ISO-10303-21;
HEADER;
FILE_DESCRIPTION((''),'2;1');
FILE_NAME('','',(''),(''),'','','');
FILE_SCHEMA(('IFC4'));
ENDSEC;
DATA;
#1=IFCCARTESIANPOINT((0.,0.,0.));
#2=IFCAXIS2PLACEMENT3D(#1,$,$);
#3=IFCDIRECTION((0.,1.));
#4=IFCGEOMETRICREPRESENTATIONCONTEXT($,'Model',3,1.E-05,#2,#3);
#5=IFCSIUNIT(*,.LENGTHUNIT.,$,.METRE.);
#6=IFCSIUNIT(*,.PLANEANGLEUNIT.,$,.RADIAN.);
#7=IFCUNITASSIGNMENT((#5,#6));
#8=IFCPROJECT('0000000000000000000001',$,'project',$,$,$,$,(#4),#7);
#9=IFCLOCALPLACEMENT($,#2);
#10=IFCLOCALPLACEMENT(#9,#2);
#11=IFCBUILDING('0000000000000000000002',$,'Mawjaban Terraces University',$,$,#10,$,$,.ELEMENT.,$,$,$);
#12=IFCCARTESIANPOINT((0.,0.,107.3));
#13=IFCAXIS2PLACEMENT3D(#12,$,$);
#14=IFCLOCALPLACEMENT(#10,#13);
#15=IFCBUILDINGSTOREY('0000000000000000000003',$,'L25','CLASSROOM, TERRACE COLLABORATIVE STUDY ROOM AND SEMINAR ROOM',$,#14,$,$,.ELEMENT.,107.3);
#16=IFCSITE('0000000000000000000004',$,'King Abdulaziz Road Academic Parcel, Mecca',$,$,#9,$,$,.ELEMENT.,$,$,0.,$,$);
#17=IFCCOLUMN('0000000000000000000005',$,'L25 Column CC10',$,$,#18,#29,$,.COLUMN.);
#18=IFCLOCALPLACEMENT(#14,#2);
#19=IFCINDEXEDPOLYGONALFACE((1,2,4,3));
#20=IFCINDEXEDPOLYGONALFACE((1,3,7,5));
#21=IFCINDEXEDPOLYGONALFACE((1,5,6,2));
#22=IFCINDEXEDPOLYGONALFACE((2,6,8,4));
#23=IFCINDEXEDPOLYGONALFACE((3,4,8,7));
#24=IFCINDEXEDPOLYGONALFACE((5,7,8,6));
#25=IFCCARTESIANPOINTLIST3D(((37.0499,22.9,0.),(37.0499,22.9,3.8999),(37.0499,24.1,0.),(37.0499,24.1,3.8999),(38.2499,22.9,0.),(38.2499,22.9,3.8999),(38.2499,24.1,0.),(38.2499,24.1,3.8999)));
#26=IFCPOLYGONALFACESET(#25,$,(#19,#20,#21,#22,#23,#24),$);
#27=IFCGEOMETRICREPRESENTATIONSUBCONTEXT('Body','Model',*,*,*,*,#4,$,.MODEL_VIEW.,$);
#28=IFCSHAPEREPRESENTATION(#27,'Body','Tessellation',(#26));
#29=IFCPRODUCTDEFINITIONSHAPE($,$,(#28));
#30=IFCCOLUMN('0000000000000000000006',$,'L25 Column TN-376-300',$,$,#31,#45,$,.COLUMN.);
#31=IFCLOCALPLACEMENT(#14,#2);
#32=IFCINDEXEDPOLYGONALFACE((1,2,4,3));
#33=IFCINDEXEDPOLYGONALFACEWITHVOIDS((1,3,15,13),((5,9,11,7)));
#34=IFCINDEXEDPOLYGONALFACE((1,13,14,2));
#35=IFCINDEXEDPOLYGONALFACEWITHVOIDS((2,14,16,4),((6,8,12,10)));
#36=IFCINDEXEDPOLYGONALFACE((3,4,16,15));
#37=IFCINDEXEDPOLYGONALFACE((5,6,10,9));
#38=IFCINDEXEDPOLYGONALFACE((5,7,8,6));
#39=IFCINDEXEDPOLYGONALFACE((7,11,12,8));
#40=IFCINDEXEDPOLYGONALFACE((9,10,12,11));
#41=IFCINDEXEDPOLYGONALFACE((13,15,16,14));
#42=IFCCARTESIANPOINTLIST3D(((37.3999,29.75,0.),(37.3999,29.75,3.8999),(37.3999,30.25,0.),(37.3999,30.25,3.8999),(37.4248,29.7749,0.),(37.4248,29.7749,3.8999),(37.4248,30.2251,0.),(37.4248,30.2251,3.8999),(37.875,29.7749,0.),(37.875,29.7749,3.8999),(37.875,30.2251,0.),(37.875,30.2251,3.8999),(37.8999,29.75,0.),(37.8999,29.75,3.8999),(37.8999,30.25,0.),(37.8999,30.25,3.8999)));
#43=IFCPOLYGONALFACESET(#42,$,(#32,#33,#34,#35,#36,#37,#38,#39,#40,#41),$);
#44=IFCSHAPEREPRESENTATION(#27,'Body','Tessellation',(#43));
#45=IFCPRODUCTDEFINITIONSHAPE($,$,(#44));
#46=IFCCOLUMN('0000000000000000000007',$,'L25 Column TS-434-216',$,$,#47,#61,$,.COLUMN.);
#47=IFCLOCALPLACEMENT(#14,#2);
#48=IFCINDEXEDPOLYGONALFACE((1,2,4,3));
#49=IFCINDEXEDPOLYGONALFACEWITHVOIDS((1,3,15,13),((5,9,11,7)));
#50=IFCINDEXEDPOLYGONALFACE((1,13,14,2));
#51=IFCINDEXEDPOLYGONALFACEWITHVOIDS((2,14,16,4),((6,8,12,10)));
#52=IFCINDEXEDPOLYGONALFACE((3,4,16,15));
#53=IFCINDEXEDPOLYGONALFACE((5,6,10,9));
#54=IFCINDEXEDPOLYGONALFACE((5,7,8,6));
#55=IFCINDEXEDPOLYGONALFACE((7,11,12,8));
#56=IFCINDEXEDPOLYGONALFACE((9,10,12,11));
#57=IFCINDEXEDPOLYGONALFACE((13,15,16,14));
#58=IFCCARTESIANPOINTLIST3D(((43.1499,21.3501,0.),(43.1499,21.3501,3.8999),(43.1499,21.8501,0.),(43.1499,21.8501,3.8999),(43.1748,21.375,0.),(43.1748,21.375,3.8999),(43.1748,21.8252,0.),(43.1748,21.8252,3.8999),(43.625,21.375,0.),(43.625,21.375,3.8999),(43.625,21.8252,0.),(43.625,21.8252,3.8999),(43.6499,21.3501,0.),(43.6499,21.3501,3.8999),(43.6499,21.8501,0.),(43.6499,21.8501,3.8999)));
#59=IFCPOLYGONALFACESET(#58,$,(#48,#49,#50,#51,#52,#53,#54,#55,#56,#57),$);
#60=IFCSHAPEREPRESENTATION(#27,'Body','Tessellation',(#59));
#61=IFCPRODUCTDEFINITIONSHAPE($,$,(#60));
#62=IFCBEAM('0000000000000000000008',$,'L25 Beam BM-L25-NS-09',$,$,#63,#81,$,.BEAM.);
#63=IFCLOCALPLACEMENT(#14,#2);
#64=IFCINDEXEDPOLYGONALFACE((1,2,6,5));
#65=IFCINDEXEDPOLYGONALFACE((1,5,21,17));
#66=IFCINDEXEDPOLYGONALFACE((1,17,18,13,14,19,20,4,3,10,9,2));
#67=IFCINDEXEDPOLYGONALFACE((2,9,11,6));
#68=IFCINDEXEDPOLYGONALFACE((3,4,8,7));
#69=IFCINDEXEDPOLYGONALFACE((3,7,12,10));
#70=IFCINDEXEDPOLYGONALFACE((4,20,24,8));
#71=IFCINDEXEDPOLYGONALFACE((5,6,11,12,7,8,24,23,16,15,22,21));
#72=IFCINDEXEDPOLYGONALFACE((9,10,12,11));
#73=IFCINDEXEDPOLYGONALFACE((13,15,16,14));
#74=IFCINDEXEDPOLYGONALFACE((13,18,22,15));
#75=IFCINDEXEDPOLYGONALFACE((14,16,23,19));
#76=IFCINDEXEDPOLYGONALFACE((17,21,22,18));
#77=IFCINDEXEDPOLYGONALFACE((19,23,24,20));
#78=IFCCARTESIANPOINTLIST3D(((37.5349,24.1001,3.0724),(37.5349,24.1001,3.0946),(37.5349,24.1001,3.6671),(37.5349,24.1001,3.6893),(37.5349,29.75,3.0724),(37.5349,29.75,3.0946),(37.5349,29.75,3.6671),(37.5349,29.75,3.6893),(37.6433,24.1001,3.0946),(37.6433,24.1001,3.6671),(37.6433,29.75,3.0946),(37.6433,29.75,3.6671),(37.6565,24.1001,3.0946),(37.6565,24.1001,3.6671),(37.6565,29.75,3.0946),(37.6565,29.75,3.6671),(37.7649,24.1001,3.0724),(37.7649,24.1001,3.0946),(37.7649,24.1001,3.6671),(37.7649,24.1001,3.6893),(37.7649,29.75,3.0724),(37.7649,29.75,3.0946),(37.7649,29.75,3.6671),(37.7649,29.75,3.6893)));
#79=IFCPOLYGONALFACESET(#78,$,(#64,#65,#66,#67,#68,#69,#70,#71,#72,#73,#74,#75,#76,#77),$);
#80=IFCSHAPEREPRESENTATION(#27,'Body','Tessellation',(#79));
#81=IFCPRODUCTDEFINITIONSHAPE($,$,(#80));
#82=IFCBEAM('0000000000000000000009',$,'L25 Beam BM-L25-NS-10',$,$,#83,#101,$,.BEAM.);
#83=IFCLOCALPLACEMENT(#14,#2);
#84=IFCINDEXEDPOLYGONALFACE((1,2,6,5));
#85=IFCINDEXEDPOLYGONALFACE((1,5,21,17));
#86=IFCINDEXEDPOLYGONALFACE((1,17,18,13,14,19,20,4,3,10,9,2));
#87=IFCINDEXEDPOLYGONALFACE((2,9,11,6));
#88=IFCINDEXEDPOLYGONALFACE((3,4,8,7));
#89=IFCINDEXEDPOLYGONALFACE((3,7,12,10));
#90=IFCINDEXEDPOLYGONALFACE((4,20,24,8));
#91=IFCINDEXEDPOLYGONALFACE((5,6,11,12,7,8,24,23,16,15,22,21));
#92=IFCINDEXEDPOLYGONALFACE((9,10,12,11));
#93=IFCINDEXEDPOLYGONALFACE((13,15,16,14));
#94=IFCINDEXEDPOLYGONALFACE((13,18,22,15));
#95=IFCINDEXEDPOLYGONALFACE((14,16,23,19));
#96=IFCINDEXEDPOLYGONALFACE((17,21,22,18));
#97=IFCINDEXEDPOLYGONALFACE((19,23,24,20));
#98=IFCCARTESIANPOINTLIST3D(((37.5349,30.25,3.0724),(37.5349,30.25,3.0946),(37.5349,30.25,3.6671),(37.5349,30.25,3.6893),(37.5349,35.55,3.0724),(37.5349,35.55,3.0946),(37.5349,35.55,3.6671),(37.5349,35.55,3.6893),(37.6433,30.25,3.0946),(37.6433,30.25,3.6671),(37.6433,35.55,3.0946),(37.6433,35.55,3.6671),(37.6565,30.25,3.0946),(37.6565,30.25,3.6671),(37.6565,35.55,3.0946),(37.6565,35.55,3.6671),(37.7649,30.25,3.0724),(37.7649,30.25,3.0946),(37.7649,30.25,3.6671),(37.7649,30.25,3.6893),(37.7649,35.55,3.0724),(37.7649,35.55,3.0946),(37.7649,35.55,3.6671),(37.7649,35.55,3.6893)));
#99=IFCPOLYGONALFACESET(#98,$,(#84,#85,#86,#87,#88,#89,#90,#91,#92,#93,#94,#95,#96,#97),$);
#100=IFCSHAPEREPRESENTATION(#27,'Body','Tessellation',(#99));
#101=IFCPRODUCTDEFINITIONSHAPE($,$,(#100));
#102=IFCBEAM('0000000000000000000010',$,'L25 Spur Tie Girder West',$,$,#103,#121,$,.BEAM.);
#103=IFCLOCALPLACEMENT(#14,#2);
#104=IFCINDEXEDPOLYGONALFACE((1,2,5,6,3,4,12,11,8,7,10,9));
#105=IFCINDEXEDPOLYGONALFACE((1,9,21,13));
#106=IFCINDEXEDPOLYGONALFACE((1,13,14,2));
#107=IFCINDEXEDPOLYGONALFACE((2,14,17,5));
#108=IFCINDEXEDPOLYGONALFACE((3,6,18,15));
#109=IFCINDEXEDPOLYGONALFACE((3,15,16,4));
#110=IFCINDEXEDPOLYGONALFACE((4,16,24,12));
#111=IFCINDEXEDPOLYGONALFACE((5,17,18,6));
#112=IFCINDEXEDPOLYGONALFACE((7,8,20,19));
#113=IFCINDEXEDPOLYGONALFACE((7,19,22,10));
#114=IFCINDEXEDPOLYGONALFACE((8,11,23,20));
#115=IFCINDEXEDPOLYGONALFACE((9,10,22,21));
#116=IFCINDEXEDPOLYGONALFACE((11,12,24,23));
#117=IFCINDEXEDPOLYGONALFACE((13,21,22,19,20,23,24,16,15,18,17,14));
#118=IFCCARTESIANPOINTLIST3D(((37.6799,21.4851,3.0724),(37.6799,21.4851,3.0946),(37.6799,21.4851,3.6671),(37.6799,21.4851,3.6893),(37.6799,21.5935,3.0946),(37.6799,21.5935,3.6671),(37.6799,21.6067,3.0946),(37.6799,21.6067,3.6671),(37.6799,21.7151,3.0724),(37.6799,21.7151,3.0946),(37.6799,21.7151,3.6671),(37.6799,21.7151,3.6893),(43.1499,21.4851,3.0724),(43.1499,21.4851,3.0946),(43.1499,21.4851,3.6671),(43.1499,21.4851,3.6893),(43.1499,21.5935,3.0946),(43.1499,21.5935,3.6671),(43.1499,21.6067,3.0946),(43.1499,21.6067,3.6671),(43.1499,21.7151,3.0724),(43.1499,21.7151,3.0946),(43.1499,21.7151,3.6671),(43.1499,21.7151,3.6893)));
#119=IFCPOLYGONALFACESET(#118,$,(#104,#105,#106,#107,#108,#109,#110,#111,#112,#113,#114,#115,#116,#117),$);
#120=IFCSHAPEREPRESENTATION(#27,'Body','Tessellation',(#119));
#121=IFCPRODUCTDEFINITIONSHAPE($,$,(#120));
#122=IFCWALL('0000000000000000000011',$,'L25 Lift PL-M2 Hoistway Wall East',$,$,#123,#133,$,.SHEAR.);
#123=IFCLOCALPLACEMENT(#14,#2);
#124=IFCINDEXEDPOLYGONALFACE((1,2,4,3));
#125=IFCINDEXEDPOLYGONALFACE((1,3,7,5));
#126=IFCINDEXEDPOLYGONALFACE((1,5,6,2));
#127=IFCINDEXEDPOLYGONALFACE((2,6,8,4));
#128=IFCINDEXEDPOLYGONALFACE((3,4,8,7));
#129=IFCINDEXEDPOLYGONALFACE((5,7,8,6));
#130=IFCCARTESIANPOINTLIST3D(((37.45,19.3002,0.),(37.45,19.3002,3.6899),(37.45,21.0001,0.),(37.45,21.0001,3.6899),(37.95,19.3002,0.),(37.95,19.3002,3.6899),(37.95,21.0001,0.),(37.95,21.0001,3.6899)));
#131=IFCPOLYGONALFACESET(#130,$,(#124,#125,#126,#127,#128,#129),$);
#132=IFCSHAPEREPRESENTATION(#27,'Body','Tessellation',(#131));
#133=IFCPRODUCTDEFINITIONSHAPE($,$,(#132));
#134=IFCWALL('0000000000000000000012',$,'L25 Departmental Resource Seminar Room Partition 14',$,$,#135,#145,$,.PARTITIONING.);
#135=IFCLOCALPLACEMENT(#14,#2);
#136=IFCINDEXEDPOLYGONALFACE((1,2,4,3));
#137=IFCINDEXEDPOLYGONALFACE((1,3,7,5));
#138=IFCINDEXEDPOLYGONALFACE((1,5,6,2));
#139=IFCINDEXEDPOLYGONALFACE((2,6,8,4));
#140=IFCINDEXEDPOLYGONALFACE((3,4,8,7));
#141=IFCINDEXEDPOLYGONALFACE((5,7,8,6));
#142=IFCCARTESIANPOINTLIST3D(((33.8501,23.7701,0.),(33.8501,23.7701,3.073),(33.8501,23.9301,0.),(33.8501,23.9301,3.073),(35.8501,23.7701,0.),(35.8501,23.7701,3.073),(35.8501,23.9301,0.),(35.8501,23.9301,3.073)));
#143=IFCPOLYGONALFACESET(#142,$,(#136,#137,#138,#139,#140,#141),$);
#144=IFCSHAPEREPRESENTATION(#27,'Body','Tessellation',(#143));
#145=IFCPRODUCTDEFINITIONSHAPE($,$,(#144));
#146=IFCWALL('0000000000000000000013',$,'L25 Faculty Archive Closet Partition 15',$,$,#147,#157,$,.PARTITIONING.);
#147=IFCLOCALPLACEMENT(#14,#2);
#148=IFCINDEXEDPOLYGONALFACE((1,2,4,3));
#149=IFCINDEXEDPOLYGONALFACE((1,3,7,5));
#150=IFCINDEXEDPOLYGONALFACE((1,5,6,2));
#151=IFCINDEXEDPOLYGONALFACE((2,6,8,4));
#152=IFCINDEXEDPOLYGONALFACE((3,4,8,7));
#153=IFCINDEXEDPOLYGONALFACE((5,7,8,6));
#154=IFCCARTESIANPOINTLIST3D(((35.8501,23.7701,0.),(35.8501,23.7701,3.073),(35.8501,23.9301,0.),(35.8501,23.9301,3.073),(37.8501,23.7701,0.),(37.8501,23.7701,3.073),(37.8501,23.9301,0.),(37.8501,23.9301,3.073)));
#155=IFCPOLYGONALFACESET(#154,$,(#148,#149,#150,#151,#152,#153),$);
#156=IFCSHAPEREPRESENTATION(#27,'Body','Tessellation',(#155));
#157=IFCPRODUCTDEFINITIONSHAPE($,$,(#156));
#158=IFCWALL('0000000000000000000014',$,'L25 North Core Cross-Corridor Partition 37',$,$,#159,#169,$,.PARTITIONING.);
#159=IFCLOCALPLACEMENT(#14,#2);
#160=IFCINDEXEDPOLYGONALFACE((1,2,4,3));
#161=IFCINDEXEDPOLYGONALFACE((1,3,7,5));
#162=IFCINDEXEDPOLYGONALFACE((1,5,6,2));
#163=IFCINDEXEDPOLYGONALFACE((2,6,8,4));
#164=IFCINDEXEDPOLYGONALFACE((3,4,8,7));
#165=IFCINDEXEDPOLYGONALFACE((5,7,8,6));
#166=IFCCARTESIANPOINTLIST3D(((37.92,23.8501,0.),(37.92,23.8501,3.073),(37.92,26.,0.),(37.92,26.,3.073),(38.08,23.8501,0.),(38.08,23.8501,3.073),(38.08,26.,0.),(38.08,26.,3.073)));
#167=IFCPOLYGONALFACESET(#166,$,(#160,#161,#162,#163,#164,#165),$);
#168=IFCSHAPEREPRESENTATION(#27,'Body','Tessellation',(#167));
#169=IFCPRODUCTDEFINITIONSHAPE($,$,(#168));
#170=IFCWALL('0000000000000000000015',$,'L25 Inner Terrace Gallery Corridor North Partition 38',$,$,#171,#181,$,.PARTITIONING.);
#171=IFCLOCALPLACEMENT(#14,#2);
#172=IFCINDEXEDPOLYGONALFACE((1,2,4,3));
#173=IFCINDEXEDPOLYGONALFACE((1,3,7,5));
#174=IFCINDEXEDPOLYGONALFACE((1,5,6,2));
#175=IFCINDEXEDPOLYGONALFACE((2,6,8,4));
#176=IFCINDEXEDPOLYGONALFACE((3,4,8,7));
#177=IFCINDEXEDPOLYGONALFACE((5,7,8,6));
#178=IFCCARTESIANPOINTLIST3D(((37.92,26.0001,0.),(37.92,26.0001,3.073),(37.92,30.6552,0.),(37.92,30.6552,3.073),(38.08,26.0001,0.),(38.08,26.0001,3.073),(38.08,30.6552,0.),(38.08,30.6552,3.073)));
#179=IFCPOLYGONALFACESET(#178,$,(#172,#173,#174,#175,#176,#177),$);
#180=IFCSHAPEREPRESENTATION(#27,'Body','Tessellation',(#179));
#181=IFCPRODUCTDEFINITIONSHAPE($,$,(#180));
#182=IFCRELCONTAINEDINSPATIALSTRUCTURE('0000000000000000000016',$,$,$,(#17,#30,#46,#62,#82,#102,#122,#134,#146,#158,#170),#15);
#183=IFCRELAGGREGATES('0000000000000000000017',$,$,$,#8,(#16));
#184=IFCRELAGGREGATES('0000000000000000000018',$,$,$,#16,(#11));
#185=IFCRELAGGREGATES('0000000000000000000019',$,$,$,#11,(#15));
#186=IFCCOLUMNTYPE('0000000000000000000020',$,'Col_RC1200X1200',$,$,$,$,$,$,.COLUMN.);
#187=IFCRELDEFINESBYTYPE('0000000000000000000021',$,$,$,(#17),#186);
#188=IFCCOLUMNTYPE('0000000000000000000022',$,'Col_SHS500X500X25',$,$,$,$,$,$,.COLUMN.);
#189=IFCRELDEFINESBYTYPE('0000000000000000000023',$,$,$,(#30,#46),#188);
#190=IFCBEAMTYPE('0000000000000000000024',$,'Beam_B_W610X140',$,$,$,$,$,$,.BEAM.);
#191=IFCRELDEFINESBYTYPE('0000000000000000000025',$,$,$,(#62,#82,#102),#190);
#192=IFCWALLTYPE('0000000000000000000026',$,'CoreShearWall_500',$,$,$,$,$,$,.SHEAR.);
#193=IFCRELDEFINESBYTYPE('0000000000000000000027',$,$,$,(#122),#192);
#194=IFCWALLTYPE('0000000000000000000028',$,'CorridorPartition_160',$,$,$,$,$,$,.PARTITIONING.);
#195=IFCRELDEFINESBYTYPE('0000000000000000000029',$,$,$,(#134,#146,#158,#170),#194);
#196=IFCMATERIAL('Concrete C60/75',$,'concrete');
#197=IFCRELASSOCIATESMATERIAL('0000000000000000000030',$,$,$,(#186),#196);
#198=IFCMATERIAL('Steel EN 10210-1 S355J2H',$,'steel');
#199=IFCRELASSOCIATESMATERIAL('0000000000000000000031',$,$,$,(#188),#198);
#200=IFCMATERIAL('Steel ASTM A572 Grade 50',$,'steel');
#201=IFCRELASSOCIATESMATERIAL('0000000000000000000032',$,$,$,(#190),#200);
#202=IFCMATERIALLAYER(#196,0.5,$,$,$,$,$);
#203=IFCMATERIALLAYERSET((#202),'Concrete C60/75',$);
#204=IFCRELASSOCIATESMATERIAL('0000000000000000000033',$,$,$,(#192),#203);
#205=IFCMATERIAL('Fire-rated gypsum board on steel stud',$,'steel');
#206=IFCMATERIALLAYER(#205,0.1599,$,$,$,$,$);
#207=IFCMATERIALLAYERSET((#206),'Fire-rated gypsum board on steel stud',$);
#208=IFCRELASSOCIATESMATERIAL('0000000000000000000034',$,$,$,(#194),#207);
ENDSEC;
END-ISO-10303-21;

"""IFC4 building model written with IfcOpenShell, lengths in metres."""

from ifc_helpers import new_model, si_unit, direction, frame, frame_2d, origin, origin_2d, place, context, subcontext, project, spatial, rectangle, hollow_rectangle, i_section, extrude, material, layer, layer_set, material_profile, profile_set, type_object, element, save


model = new_model("IFC4")

# Units and contexts
model_context = context("Model", 3, precision=1e-05, world=origin(), true_north=direction((0.0, 1.0)))
body_context = subcontext(model_context, "Body", "Model", "MODEL_VIEW")
ifc_project = project(units=[si_unit("LENGTHUNIT", "METRE"), si_unit("PLANEANGLEUNIT", "RADIAN")], contexts=[model_context])

# Site, building, storey
site_placement = place(None, origin())
site = spatial("IfcSite", under=ifc_project, at=site_placement, Name="King Abdulaziz Road Academic Parcel, Mecca", CompositionType="ELEMENT", RefElevation=0.0)
building_placement = place(site_placement, origin())
building = spatial("IfcBuilding", under=site, at=building_placement, Name="Mawjaban Terraces University", CompositionType="ELEMENT")
storey_placement = place(building_placement, frame((0.0, 0.0, 107.3)))
storey = spatial("IfcBuildingStorey", under=building, at=storey_placement, Name="L25", Description="CLASSROOM, TERRACE COLLABORATIVE STUDY ROOM AND SEMINAR ROOM", CompositionType="ELEMENT", Elevation=107.3)

# Columns
ifc_material_1 = material(Name="Concrete C60/75", Category="concrete")
ifc_material_profile_1 = material_profile(ifc_material_1, rectangle(XDim=1.2, YDim=1.2, at=origin_2d()), Name="RC1200X1200")
ifc_profile_set_1 = profile_set([ifc_material_profile_1], Name="Concrete C60/75")
column_type_1 = type_object("IfcColumnType", Name="Col_RC1200X1200", PredefinedType="COLUMN", material=ifc_profile_set_1)
column_placement = place(storey_placement, frame((37.6499, 23.5, 0.0), z_axis=(0.0, 0.0, 1.0), x_axis=(1.0, 0.0, 0.0)))
element("IfcColumn", 1, at=column_placement, inside=storey, type_object=column_type_1, Name="L25 Column CC10", PredefinedType="COLUMN", context=body_context, shape_type="SweptSolid", body=[
    extrude(rectangle(XDim=1.2, YDim=1.2, at=origin_2d()), origin(), (0.0, 0.0, 1.0), 3.8999),
])
ifc_material_2 = material(Name="Steel EN 10210-1 S355J2H", Category="steel")
ifc_material_profile_2 = material_profile(ifc_material_2, hollow_rectangle(XDim=0.5, YDim=0.5, WallThickness=0.0249, at=origin_2d()), Name="SHS500X500X25")
ifc_profile_set_2 = profile_set([ifc_material_profile_2], Name="Steel EN 10210-1 S355J2H")
column_type_2 = type_object("IfcColumnType", Name="Col_SHS500X500X25", PredefinedType="COLUMN", material=ifc_profile_set_2)
for number, where, z_axis, x_axis, name in (
    (2, (37.6499, 30.0, 0.0), (0.0, 0.0, 1.0), (1.0, 0.0, 0.0), "L25 Column TN-376-300"),
    (3, (43.3999, 21.6001, 0.0), (0.0, 0.0, 1.0), (1.0, 0.0, 0.0), "L25 Column TS-434-216"),
):
    element("IfcColumn", number, at=place(storey_placement, frame(where, z_axis=z_axis, x_axis=x_axis)), inside=storey, type_object=column_type_2, Name=name, PredefinedType="COLUMN", context=body_context, shape_type="SweptSolid", body=[
        extrude(hollow_rectangle(XDim=0.5, YDim=0.5, WallThickness=0.0249, at=origin_2d()), origin(), (0.0, 0.0, 1.0), 3.8999),
    ])

# Beams
ifc_material_3 = material(Name="Steel ASTM A572 Grade 50", Category="steel")
ifc_material_profile_3 = material_profile(ifc_material_3, i_section(OverallWidth=0.23, OverallDepth=0.6169, WebThickness=0.0132, FlangeThickness=0.0222, at=origin_2d()), Name="W610X140")
ifc_profile_set_3 = profile_set([ifc_material_profile_3], Name="Steel ASTM A572 Grade 50")
beam_type = type_object("IfcBeamType", Name="Beam_B_W610X140", PredefinedType="BEAM", material=ifc_profile_set_3)
beam_1_placement = place(storey_placement, frame((37.6499, 24.1001, 3.3809), z_axis=(0.0, 1.0, 0.0), x_axis=(-1.0, 0.0, 0.0)))
element("IfcBeam", 4, at=beam_1_placement, inside=storey, type_object=beam_type, Name="L25 Beam BM-L25-NS-09", PredefinedType="BEAM", context=body_context, shape_type="SweptSolid", body=[
    extrude(i_section(OverallWidth=0.23, OverallDepth=0.6169, WebThickness=0.0132, FlangeThickness=0.0222, at=origin_2d()), origin(), (0.0, 0.0, 1.0), 5.6499),
])
beam_2_placement = place(storey_placement, frame((37.6499, 30.25, 3.3809), z_axis=(0.0, 1.0, 0.0), x_axis=(-1.0, 0.0, 0.0)))
element("IfcBeam", 5, at=beam_2_placement, inside=storey, type_object=beam_type, Name="L25 Beam BM-L25-NS-10", PredefinedType="BEAM", context=body_context, shape_type="SweptSolid", body=[
    extrude(i_section(OverallWidth=0.23, OverallDepth=0.6169, WebThickness=0.0132, FlangeThickness=0.0222, at=origin_2d()), origin(), (0.0, 0.0, 1.0), 5.3),
])
beam_3_placement = place(storey_placement, frame((37.6799, 21.6001, 3.3809), z_axis=(1.0, 0.0, 0.0), x_axis=(0.0, 1.0, 0.0)))
element("IfcBeam", 6, at=beam_3_placement, inside=storey, type_object=beam_type, Name="L25 Spur Tie Girder West", PredefinedType="BEAM", context=body_context, shape_type="SweptSolid", body=[
    extrude(i_section(OverallWidth=0.23, OverallDepth=0.6169, WebThickness=0.0132, FlangeThickness=0.0222, at=origin_2d()), origin(), (0.0, 0.0, 1.0), 5.47),
])

# Walls
ifc_layer_1 = layer(ifc_material_1, 0.5)
ifc_layer_set_1 = layer_set([ifc_layer_1], Name="Concrete C60/75")
wall_type_1 = type_object("IfcWallType", Name="CoreShearWall_500", PredefinedType="SHEAR", material=ifc_layer_set_1)
wall_1_placement = place(storey_placement, frame((37.7, 19.3, 0.0), z_axis=(0.0, 0.0, 1.0), x_axis=(0.0, 1.0, 0.0)))
element("IfcWall", 7, at=wall_1_placement, inside=storey, type_object=wall_type_1, Name="L25 Lift PL-M2 Hoistway Wall East", PredefinedType="SHEAR", context=body_context, shape_type="SweptSolid", body=[
    extrude(rectangle(XDim=1.7, YDim=0.5, at=frame_2d((0.8501, 0.0))), origin(), (0.0, 0.0, 1.0), 3.6899),
])
ifc_material_4 = material(Name="Fire-rated gypsum board on steel stud", Category="steel")
ifc_layer_2 = layer(ifc_material_4, 0.1599)
ifc_layer_set_2 = layer_set([ifc_layer_2], Name="Fire-rated gypsum board on steel stud")
wall_type_2 = type_object("IfcWallType", Name="CorridorPartition_160", PredefinedType="PARTITIONING", material=ifc_layer_set_2)
for number, where, z_axis, x_axis, name in (
    (8, (35.8501, 23.8501, 0.0), (0.0, 0.0, 1.0), (-1.0, 0.0, 0.0), "L25 Departmental Resource Seminar Room Partition 14"),
    (9, (37.8501, 23.8501, 0.0), (0.0, 0.0, 1.0), (-1.0, 0.0, 0.0), "L25 Faculty Archive Closet Partition 15"),
):
    element("IfcWall", number, at=place(storey_placement, frame(where, z_axis=z_axis, x_axis=x_axis)), inside=storey, type_object=wall_type_2, Name=name, PredefinedType="PARTITIONING", context=body_context, shape_type="SweptSolid", body=[
        extrude(rectangle(XDim=2.0, YDim=0.1599, at=frame_2d((1.0, 0.0))), origin(), (0.0, 0.0, 1.0), 3.073),
    ])
wall_2_placement = place(storey_placement, frame((38.0, 23.8501, 0.0), z_axis=(0.0, 0.0, 1.0), x_axis=(0.0, 1.0, 0.0)))
element("IfcWall", 10, at=wall_2_placement, inside=storey, type_object=wall_type_2, Name="L25 North Core Cross-Corridor Partition 37", PredefinedType="PARTITIONING", context=body_context, shape_type="SweptSolid", body=[
    extrude(rectangle(XDim=2.1499, YDim=0.1599, at=frame_2d((1.075, 0.0))), origin(), (0.0, 0.0, 1.0), 3.073),
])
wall_3_placement = place(storey_placement, frame((38.0, 26.0, 0.0), z_axis=(0.0, 0.0, 1.0), x_axis=(0.0, 1.0, 0.0)))
element("IfcWall", 11, at=wall_3_placement, inside=storey, type_object=wall_type_2, Name="L25 Inner Terrace Gallery Corridor North Partition 38", PredefinedType="PARTITIONING", context=body_context, shape_type="SweptSolid", body=[
    extrude(rectangle(XDim=4.655, YDim=0.1599, at=frame_2d((2.3276, 0.0))), origin(), (0.0, 0.0, 1.0), 3.073),
])

save(model, "model.ifc")
